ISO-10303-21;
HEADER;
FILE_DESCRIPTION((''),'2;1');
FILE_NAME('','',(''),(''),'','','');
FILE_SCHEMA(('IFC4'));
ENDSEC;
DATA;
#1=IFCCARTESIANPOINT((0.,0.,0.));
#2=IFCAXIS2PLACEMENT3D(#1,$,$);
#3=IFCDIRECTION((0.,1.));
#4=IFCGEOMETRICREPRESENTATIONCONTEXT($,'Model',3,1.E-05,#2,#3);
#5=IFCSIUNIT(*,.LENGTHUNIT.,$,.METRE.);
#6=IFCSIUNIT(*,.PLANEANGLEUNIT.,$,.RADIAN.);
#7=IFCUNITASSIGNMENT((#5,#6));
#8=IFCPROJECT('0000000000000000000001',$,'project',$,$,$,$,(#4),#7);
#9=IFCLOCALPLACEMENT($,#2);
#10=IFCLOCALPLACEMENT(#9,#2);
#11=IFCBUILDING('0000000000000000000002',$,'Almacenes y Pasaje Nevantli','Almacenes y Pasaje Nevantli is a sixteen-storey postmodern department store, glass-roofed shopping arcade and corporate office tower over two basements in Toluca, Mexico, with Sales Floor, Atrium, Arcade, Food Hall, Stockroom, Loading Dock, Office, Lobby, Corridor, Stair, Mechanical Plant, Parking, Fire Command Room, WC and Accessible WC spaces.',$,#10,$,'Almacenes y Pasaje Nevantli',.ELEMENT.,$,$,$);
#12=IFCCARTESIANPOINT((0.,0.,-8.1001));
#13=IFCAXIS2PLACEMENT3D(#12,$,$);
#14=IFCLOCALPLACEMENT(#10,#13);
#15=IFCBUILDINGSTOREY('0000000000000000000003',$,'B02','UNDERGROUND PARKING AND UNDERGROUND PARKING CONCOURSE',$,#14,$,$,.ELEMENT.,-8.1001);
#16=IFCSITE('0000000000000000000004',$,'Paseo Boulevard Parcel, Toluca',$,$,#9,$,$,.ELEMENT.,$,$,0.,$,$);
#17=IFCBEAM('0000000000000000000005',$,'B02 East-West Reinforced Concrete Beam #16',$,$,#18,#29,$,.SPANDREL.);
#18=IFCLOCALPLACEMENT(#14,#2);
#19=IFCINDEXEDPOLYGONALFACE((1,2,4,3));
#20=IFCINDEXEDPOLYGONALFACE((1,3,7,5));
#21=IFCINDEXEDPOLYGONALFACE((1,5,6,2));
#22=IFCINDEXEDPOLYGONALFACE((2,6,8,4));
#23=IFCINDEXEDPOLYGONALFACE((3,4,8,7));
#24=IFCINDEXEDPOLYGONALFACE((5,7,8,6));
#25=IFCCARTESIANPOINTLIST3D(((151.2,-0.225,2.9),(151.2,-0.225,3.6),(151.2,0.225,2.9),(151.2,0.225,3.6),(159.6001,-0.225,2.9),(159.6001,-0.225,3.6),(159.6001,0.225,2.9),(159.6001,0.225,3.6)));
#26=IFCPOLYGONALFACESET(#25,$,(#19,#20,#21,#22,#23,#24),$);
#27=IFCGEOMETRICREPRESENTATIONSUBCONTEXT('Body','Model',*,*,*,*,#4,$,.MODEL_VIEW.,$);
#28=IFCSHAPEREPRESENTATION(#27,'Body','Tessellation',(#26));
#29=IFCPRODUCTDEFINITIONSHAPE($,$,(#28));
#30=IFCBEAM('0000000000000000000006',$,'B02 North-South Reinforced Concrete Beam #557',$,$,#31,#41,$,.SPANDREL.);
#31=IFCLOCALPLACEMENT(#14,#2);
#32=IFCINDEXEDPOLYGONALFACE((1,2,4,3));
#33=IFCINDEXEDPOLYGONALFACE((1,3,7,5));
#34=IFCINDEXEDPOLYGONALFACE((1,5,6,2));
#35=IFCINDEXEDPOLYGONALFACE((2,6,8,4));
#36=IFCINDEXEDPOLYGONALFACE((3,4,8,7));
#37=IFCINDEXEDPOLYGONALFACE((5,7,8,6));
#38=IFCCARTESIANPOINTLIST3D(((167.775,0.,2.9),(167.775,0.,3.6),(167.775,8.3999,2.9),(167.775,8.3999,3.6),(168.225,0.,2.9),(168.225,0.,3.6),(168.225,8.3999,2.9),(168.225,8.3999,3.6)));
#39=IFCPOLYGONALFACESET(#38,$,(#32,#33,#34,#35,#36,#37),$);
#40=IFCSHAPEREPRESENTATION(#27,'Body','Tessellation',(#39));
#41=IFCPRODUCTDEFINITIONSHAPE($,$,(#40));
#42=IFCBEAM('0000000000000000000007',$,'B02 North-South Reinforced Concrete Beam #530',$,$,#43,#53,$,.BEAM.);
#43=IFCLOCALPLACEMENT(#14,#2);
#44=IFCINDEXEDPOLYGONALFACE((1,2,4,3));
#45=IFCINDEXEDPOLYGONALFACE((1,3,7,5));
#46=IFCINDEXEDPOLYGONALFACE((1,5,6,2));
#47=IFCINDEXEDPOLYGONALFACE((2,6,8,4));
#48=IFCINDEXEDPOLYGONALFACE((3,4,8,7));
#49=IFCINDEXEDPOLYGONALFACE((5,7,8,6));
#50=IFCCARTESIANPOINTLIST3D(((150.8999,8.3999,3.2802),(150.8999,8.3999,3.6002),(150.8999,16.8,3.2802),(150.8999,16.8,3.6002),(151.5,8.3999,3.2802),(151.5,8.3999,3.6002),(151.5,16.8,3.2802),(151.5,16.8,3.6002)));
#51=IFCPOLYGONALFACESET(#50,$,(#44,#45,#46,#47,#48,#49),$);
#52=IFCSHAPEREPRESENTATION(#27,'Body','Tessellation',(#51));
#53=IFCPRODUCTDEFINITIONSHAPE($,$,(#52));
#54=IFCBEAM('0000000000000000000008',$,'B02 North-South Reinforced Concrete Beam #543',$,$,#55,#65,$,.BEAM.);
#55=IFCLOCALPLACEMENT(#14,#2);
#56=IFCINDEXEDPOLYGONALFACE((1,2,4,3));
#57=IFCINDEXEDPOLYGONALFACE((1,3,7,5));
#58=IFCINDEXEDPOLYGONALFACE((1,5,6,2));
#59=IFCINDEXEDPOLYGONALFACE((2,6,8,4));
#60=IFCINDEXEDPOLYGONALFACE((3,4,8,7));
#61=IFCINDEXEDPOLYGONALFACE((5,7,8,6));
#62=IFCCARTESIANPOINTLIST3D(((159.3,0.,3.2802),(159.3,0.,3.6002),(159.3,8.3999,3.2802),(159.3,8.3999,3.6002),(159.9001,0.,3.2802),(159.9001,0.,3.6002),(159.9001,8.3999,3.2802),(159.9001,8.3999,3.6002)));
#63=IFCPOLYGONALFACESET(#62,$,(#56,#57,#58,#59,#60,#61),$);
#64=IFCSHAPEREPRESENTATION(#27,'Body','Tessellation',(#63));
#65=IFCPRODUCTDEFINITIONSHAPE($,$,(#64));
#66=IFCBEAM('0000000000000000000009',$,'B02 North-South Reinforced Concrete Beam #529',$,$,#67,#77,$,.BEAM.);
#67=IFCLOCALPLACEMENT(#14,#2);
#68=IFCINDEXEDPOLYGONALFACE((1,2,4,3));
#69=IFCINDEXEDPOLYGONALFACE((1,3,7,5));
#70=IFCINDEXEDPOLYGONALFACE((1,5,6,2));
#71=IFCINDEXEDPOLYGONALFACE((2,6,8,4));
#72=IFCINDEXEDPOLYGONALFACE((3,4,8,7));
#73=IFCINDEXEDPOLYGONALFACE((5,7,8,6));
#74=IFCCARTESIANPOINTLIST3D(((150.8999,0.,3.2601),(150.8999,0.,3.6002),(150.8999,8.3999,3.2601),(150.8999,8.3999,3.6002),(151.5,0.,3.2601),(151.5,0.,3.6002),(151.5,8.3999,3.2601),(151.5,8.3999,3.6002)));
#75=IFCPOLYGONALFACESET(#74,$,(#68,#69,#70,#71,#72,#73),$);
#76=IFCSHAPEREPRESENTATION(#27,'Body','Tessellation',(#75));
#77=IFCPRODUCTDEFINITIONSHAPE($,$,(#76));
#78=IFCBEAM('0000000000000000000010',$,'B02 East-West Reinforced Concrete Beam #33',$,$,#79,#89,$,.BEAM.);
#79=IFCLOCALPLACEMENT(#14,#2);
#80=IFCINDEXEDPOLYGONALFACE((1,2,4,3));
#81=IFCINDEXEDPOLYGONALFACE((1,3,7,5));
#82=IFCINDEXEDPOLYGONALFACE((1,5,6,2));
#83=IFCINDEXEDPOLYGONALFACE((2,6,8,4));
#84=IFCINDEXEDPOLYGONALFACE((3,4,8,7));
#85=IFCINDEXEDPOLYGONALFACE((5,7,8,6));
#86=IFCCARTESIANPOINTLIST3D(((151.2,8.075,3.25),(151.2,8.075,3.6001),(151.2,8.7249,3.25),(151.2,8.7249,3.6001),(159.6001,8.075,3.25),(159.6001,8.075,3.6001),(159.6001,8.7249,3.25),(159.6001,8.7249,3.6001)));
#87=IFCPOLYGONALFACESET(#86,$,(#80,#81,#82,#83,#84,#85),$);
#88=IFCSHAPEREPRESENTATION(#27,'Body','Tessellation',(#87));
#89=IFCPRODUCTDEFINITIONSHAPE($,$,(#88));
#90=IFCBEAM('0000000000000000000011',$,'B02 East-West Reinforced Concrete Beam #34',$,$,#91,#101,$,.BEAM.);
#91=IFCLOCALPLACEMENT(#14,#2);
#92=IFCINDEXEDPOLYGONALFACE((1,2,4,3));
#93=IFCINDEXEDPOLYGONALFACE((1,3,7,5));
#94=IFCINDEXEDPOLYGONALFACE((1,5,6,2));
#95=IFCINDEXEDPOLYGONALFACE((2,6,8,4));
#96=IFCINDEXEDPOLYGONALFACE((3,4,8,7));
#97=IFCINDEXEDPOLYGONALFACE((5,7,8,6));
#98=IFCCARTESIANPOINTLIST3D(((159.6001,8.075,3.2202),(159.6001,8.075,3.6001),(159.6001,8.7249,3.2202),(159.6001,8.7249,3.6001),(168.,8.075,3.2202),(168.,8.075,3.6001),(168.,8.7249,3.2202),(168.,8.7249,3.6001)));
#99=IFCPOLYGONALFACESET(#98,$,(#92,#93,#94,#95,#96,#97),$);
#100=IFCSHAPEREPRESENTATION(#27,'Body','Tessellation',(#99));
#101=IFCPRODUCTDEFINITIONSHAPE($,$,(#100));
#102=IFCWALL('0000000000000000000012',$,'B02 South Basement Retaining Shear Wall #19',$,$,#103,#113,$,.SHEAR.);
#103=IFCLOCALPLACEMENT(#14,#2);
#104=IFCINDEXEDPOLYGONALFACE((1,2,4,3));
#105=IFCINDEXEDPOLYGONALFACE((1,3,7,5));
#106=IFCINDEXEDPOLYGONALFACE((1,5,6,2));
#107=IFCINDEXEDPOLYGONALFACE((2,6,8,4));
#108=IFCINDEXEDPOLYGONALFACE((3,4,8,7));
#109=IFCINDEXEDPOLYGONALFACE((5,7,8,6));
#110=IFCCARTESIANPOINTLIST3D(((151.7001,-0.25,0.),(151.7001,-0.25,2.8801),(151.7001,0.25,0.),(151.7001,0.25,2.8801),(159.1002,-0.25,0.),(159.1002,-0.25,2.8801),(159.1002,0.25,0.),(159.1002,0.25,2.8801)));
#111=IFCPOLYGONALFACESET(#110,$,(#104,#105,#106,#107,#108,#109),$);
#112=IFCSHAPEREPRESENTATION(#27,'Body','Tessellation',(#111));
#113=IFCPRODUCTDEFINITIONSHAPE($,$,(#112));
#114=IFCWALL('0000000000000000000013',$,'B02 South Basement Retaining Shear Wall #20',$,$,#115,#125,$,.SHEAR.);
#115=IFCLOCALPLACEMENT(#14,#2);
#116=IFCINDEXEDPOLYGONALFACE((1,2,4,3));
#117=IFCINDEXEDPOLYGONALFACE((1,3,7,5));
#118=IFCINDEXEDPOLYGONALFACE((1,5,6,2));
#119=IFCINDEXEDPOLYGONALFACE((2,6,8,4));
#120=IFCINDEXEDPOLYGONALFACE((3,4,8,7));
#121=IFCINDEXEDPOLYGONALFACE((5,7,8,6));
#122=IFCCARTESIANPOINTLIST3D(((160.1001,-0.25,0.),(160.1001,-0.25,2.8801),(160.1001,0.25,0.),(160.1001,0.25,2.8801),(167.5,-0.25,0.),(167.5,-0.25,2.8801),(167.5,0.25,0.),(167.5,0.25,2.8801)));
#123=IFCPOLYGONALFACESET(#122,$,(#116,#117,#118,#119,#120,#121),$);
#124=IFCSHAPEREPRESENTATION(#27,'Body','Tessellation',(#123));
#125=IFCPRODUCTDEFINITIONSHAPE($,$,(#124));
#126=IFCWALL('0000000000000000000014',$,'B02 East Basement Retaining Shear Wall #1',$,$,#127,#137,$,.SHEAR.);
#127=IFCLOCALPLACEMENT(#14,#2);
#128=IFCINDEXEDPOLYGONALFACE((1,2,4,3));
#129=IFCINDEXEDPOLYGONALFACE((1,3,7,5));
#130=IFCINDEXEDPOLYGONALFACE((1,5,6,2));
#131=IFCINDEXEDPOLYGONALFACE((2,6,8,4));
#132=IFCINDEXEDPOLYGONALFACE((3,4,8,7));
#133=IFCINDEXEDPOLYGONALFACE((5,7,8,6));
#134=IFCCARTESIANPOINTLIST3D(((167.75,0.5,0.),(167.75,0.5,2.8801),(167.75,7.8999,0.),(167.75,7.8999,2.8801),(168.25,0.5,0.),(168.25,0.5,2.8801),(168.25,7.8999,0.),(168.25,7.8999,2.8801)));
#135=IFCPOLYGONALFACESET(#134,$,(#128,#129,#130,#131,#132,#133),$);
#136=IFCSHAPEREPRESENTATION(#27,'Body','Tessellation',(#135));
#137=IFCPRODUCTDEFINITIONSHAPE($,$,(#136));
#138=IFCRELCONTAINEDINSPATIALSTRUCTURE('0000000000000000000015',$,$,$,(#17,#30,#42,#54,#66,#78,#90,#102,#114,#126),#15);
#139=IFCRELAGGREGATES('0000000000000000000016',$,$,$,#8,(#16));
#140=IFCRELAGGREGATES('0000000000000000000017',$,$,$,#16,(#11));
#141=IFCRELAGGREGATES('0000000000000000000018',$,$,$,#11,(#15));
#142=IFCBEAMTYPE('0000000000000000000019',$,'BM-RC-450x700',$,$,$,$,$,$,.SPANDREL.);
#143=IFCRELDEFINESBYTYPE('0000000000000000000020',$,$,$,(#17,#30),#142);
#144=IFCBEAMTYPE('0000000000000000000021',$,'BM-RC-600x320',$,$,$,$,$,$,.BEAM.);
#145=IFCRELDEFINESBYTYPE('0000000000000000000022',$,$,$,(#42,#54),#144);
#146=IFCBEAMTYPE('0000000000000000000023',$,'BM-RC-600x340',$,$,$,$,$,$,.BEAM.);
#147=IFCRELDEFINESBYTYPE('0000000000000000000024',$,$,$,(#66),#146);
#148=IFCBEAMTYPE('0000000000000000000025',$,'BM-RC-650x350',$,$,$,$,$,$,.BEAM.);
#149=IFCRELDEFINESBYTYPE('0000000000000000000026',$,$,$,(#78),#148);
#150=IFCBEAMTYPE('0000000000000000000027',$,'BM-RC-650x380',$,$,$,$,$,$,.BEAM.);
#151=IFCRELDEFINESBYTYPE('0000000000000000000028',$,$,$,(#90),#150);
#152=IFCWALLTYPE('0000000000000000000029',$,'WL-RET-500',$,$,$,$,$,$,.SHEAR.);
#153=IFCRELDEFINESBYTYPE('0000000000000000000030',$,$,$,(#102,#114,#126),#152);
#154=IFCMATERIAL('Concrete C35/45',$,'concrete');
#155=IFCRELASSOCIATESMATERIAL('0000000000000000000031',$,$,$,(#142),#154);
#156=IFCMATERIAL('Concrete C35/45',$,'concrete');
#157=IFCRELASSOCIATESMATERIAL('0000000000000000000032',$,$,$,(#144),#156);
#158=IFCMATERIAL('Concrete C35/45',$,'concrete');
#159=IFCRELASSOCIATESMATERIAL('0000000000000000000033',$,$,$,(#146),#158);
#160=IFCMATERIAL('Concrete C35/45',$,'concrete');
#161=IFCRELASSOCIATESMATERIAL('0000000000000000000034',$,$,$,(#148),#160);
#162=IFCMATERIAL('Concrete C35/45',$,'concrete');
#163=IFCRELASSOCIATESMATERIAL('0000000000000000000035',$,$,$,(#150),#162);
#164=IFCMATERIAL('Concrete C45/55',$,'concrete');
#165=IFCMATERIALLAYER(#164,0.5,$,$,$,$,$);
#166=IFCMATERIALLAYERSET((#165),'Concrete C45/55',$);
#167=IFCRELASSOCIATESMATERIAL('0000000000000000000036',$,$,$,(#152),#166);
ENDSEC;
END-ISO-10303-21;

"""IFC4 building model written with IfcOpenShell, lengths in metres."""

from ifc_helpers import new_model, si_unit, direction, frame, frame_2d, origin, origin_2d, place, context, subcontext, project, spatial, rectangle, extrude, material, layer, layer_set, material_profile, profile_set, type_object, element, save


model = new_model("IFC4")

# Units and contexts
model_context = context("Model", 3, precision=1e-05, world=origin(), true_north=direction((0.0, 1.0)))
body_context = subcontext(model_context, "Body", "Model", "MODEL_VIEW")
ifc_project = project(units=[si_unit("LENGTHUNIT", "METRE"), si_unit("PLANEANGLEUNIT", "RADIAN")], contexts=[model_context])

# Site, building, storey
site_placement = place(None, origin())
site = spatial("IfcSite", under=ifc_project, at=site_placement, Name="Paseo Boulevard Parcel, Toluca", CompositionType="ELEMENT", RefElevation=0.0)
building_placement = place(site_placement, origin())
building = spatial("IfcBuilding", under=site, at=building_placement, Name="Almacenes y Pasaje Nevantli", Description="Almacenes y Pasaje Nevantli is a sixteen-storey postmodern department store, glass-roofed shopping arcade and corporate office tower over two basements in Toluca, Mexico, with Sales Floor, Atrium, Arcade, Food Hall, Stockroom, Loading Dock, Office, Lobby, Corridor, Stair, Mechanical Plant, Parking, Fire Command Room, WC and Accessible WC spaces.", LongName="Almacenes y Pasaje Nevantli", CompositionType="ELEMENT")
storey_placement = place(building_placement, frame((0.0, 0.0, -8.1001)))
storey = spatial("IfcBuildingStorey", under=building, at=storey_placement, Name="B02", Description="UNDERGROUND PARKING AND UNDERGROUND PARKING CONCOURSE", CompositionType="ELEMENT", Elevation=-8.1001)

# Beams
ifc_material_1 = material(Name="Concrete C35/45", Category="concrete")
ifc_material_profile_1 = material_profile(ifc_material_1, rectangle(XDim=0.45, YDim=0.7, at=origin_2d()), Name="RC-BM-450x700")
ifc_profile_set_1 = profile_set([ifc_material_profile_1], Name="Concrete C35/45")
beam_type_1 = type_object("IfcBeamType", Name="BM-RC-450x700", PredefinedType="SPANDREL", material=ifc_profile_set_1)
beam_1_placement = place(storey_placement, frame((151.2, 0.0, 3.25), z_axis=(1.0, 0.0, 0.0), x_axis=(0.0, 1.0, 0.0)))
element("IfcBeam", 1, at=beam_1_placement, inside=storey, type_object=beam_type_1, Name="B02 East-West Reinforced Concrete Beam #16", PredefinedType="SPANDREL", context=body_context, shape_type="SweptSolid", body=[
    extrude(rectangle(XDim=0.45, YDim=0.7, at=origin_2d()), origin(), (0.0, 0.0, 1.0), 8.4001),
])
beam_2_placement = place(storey_placement, frame((168.0, 0.0, 3.25), z_axis=(0.0, 1.0, 0.0), x_axis=(-1.0, 0.0, 0.0)))
element("IfcBeam", 2, at=beam_2_placement, inside=storey, type_object=beam_type_1, Name="B02 North-South Reinforced Concrete Beam #557", PredefinedType="SPANDREL", context=body_context, shape_type="SweptSolid", body=[
    extrude(rectangle(XDim=0.45, YDim=0.7, at=origin_2d()), origin(), (0.0, 0.0, 1.0), 8.3999),
])
ifc_material_2 = material(Name="Concrete C35/45", Category="concrete")
ifc_material_profile_2 = material_profile(ifc_material_2, rectangle(XDim=0.6001, YDim=0.3201, at=origin_2d()), Name="RC-BM-600x320")
ifc_profile_set_2 = profile_set([ifc_material_profile_2], Name="Concrete C35/45")
beam_type_2 = type_object("IfcBeamType", Name="BM-RC-600x320", PredefinedType="BEAM", material=ifc_profile_set_2)
beam_3_placement = place(storey_placement, frame((151.2, 8.3999, 3.4402), z_axis=(0.0, 1.0, 0.0), x_axis=(-1.0, 0.0, 0.0)))
element("IfcBeam", 3, at=beam_3_placement, inside=storey, type_object=beam_type_2, Name="B02 North-South Reinforced Concrete Beam #530", PredefinedType="BEAM", context=body_context, shape_type="SweptSolid", body=[
    extrude(rectangle(XDim=0.6001, YDim=0.3201, at=origin_2d()), origin(), (0.0, 0.0, 1.0), 8.4001),
])
beam_4_placement = place(storey_placement, frame((159.6001, 0.0, 3.4402), z_axis=(0.0, 1.0, 0.0), x_axis=(-1.0, 0.0, 0.0)))
element("IfcBeam", 4, at=beam_4_placement, inside=storey, type_object=beam_type_2, Name="B02 North-South Reinforced Concrete Beam #543", PredefinedType="BEAM", context=body_context, shape_type="SweptSolid", body=[
    extrude(rectangle(XDim=0.6001, YDim=0.3201, at=origin_2d()), origin(), (0.0, 0.0, 1.0), 8.3999),
])
ifc_material_3 = material(Name="Concrete C35/45", Category="concrete")
ifc_material_profile_3 = material_profile(ifc_material_3, rectangle(XDim=0.6001, YDim=0.3401, at=origin_2d()), Name="RC-BM-600x340")
ifc_profile_set_3 = profile_set([ifc_material_profile_3], Name="Concrete C35/45")
beam_type_3 = type_object("IfcBeamType", Name="BM-RC-600x340", PredefinedType="BEAM", material=ifc_profile_set_3)
beam_5_placement = place(storey_placement, frame((151.2, 0.0, 3.4302), z_axis=(0.0, 1.0, 0.0), x_axis=(-1.0, 0.0, 0.0)))
element("IfcBeam", 5, at=beam_5_placement, inside=storey, type_object=beam_type_3, Name="B02 North-South Reinforced Concrete Beam #529", PredefinedType="BEAM", context=body_context, shape_type="SweptSolid", body=[
    extrude(rectangle(XDim=0.6001, YDim=0.3401, at=origin_2d()), origin(), (0.0, 0.0, 1.0), 8.3999),
])
ifc_material_4 = material(Name="Concrete C35/45", Category="concrete")
ifc_material_profile_4 = material_profile(ifc_material_4, rectangle(XDim=0.6499, YDim=0.3501, at=origin_2d()), Name="RC-BM-650x350")
ifc_profile_set_4 = profile_set([ifc_material_profile_4], Name="Concrete C35/45")
beam_type_4 = type_object("IfcBeamType", Name="BM-RC-650x350", PredefinedType="BEAM", material=ifc_profile_set_4)
beam_6_placement = place(storey_placement, frame((151.2, 8.3999, 3.425), z_axis=(1.0, 0.0, 0.0), x_axis=(0.0, 1.0, 0.0)))
element("IfcBeam", 6, at=beam_6_placement, inside=storey, type_object=beam_type_4, Name="B02 East-West Reinforced Concrete Beam #33", PredefinedType="BEAM", context=body_context, shape_type="SweptSolid", body=[
    extrude(rectangle(XDim=0.6499, YDim=0.3501, at=origin_2d()), origin(), (0.0, 0.0, 1.0), 8.4001),
])
ifc_material_5 = material(Name="Concrete C35/45", Category="concrete")
ifc_material_profile_5 = material_profile(ifc_material_5, rectangle(XDim=0.6499, YDim=0.3799, at=origin_2d()), Name="RC-BM-650x380")
ifc_profile_set_5 = profile_set([ifc_material_profile_5], Name="Concrete C35/45")
beam_type_5 = type_object("IfcBeamType", Name="BM-RC-650x380", PredefinedType="BEAM", material=ifc_profile_set_5)
beam_7_placement = place(storey_placement, frame((159.6001, 8.3999, 3.4102), z_axis=(1.0, 0.0, 0.0), x_axis=(0.0, 1.0, 0.0)))
element("IfcBeam", 7, at=beam_7_placement, inside=storey, type_object=beam_type_5, Name="B02 East-West Reinforced Concrete Beam #34", PredefinedType="BEAM", context=body_context, shape_type="SweptSolid", body=[
    extrude(rectangle(XDim=0.6499, YDim=0.3799, at=origin_2d()), origin(), (0.0, 0.0, 1.0), 8.3999),
])

# Walls
ifc_material_6 = material(Name="Concrete C45/55", Category="concrete")
ifc_layer_1 = layer(ifc_material_6, 0.5)
ifc_layer_set_1 = layer_set([ifc_layer_1], Name="Concrete C45/55")
wall_type = type_object("IfcWallType", Name="WL-RET-500", PredefinedType="SHEAR", material=ifc_layer_set_1)
wall_placement = place(storey_placement, frame((151.7, 0.0, 0.0), z_axis=(0.0, 0.0, 1.0), x_axis=(1.0, 0.0, 0.0)))
element("IfcWall", 8, at=wall_placement, inside=storey, type_object=wall_type, Name="B02 South Basement Retaining Shear Wall #19", PredefinedType="SHEAR", context=body_context, shape_type="SweptSolid", body=[
    extrude(rectangle(XDim=7.4001, YDim=0.5, at=frame_2d((3.7002, 0.0))), origin(), (0.0, 0.0, 1.0), 2.8801),
])
for number, where, z_axis, x_axis, name in (
    (9, (160.1001, 0.0, 0.0), (0.0, 0.0, 1.0), (1.0, 0.0, 0.0), "B02 South Basement Retaining Shear Wall #20"),
    (10, (168.0, 0.5, 0.0), (0.0, 0.0, 1.0), (0.0, 1.0, 0.0), "B02 East Basement Retaining Shear Wall #1"),
):
    element("IfcWall", number, at=place(storey_placement, frame(where, z_axis=z_axis, x_axis=x_axis)), inside=storey, type_object=wall_type, Name=name, PredefinedType="SHEAR", context=body_context, shape_type="SweptSolid", body=[
        extrude(rectangle(XDim=7.3999, YDim=0.5, at=frame_2d((3.7, 0.0))), origin(), (0.0, 0.0, 1.0), 2.8801),
    ])

save(model, "model.ifc")
